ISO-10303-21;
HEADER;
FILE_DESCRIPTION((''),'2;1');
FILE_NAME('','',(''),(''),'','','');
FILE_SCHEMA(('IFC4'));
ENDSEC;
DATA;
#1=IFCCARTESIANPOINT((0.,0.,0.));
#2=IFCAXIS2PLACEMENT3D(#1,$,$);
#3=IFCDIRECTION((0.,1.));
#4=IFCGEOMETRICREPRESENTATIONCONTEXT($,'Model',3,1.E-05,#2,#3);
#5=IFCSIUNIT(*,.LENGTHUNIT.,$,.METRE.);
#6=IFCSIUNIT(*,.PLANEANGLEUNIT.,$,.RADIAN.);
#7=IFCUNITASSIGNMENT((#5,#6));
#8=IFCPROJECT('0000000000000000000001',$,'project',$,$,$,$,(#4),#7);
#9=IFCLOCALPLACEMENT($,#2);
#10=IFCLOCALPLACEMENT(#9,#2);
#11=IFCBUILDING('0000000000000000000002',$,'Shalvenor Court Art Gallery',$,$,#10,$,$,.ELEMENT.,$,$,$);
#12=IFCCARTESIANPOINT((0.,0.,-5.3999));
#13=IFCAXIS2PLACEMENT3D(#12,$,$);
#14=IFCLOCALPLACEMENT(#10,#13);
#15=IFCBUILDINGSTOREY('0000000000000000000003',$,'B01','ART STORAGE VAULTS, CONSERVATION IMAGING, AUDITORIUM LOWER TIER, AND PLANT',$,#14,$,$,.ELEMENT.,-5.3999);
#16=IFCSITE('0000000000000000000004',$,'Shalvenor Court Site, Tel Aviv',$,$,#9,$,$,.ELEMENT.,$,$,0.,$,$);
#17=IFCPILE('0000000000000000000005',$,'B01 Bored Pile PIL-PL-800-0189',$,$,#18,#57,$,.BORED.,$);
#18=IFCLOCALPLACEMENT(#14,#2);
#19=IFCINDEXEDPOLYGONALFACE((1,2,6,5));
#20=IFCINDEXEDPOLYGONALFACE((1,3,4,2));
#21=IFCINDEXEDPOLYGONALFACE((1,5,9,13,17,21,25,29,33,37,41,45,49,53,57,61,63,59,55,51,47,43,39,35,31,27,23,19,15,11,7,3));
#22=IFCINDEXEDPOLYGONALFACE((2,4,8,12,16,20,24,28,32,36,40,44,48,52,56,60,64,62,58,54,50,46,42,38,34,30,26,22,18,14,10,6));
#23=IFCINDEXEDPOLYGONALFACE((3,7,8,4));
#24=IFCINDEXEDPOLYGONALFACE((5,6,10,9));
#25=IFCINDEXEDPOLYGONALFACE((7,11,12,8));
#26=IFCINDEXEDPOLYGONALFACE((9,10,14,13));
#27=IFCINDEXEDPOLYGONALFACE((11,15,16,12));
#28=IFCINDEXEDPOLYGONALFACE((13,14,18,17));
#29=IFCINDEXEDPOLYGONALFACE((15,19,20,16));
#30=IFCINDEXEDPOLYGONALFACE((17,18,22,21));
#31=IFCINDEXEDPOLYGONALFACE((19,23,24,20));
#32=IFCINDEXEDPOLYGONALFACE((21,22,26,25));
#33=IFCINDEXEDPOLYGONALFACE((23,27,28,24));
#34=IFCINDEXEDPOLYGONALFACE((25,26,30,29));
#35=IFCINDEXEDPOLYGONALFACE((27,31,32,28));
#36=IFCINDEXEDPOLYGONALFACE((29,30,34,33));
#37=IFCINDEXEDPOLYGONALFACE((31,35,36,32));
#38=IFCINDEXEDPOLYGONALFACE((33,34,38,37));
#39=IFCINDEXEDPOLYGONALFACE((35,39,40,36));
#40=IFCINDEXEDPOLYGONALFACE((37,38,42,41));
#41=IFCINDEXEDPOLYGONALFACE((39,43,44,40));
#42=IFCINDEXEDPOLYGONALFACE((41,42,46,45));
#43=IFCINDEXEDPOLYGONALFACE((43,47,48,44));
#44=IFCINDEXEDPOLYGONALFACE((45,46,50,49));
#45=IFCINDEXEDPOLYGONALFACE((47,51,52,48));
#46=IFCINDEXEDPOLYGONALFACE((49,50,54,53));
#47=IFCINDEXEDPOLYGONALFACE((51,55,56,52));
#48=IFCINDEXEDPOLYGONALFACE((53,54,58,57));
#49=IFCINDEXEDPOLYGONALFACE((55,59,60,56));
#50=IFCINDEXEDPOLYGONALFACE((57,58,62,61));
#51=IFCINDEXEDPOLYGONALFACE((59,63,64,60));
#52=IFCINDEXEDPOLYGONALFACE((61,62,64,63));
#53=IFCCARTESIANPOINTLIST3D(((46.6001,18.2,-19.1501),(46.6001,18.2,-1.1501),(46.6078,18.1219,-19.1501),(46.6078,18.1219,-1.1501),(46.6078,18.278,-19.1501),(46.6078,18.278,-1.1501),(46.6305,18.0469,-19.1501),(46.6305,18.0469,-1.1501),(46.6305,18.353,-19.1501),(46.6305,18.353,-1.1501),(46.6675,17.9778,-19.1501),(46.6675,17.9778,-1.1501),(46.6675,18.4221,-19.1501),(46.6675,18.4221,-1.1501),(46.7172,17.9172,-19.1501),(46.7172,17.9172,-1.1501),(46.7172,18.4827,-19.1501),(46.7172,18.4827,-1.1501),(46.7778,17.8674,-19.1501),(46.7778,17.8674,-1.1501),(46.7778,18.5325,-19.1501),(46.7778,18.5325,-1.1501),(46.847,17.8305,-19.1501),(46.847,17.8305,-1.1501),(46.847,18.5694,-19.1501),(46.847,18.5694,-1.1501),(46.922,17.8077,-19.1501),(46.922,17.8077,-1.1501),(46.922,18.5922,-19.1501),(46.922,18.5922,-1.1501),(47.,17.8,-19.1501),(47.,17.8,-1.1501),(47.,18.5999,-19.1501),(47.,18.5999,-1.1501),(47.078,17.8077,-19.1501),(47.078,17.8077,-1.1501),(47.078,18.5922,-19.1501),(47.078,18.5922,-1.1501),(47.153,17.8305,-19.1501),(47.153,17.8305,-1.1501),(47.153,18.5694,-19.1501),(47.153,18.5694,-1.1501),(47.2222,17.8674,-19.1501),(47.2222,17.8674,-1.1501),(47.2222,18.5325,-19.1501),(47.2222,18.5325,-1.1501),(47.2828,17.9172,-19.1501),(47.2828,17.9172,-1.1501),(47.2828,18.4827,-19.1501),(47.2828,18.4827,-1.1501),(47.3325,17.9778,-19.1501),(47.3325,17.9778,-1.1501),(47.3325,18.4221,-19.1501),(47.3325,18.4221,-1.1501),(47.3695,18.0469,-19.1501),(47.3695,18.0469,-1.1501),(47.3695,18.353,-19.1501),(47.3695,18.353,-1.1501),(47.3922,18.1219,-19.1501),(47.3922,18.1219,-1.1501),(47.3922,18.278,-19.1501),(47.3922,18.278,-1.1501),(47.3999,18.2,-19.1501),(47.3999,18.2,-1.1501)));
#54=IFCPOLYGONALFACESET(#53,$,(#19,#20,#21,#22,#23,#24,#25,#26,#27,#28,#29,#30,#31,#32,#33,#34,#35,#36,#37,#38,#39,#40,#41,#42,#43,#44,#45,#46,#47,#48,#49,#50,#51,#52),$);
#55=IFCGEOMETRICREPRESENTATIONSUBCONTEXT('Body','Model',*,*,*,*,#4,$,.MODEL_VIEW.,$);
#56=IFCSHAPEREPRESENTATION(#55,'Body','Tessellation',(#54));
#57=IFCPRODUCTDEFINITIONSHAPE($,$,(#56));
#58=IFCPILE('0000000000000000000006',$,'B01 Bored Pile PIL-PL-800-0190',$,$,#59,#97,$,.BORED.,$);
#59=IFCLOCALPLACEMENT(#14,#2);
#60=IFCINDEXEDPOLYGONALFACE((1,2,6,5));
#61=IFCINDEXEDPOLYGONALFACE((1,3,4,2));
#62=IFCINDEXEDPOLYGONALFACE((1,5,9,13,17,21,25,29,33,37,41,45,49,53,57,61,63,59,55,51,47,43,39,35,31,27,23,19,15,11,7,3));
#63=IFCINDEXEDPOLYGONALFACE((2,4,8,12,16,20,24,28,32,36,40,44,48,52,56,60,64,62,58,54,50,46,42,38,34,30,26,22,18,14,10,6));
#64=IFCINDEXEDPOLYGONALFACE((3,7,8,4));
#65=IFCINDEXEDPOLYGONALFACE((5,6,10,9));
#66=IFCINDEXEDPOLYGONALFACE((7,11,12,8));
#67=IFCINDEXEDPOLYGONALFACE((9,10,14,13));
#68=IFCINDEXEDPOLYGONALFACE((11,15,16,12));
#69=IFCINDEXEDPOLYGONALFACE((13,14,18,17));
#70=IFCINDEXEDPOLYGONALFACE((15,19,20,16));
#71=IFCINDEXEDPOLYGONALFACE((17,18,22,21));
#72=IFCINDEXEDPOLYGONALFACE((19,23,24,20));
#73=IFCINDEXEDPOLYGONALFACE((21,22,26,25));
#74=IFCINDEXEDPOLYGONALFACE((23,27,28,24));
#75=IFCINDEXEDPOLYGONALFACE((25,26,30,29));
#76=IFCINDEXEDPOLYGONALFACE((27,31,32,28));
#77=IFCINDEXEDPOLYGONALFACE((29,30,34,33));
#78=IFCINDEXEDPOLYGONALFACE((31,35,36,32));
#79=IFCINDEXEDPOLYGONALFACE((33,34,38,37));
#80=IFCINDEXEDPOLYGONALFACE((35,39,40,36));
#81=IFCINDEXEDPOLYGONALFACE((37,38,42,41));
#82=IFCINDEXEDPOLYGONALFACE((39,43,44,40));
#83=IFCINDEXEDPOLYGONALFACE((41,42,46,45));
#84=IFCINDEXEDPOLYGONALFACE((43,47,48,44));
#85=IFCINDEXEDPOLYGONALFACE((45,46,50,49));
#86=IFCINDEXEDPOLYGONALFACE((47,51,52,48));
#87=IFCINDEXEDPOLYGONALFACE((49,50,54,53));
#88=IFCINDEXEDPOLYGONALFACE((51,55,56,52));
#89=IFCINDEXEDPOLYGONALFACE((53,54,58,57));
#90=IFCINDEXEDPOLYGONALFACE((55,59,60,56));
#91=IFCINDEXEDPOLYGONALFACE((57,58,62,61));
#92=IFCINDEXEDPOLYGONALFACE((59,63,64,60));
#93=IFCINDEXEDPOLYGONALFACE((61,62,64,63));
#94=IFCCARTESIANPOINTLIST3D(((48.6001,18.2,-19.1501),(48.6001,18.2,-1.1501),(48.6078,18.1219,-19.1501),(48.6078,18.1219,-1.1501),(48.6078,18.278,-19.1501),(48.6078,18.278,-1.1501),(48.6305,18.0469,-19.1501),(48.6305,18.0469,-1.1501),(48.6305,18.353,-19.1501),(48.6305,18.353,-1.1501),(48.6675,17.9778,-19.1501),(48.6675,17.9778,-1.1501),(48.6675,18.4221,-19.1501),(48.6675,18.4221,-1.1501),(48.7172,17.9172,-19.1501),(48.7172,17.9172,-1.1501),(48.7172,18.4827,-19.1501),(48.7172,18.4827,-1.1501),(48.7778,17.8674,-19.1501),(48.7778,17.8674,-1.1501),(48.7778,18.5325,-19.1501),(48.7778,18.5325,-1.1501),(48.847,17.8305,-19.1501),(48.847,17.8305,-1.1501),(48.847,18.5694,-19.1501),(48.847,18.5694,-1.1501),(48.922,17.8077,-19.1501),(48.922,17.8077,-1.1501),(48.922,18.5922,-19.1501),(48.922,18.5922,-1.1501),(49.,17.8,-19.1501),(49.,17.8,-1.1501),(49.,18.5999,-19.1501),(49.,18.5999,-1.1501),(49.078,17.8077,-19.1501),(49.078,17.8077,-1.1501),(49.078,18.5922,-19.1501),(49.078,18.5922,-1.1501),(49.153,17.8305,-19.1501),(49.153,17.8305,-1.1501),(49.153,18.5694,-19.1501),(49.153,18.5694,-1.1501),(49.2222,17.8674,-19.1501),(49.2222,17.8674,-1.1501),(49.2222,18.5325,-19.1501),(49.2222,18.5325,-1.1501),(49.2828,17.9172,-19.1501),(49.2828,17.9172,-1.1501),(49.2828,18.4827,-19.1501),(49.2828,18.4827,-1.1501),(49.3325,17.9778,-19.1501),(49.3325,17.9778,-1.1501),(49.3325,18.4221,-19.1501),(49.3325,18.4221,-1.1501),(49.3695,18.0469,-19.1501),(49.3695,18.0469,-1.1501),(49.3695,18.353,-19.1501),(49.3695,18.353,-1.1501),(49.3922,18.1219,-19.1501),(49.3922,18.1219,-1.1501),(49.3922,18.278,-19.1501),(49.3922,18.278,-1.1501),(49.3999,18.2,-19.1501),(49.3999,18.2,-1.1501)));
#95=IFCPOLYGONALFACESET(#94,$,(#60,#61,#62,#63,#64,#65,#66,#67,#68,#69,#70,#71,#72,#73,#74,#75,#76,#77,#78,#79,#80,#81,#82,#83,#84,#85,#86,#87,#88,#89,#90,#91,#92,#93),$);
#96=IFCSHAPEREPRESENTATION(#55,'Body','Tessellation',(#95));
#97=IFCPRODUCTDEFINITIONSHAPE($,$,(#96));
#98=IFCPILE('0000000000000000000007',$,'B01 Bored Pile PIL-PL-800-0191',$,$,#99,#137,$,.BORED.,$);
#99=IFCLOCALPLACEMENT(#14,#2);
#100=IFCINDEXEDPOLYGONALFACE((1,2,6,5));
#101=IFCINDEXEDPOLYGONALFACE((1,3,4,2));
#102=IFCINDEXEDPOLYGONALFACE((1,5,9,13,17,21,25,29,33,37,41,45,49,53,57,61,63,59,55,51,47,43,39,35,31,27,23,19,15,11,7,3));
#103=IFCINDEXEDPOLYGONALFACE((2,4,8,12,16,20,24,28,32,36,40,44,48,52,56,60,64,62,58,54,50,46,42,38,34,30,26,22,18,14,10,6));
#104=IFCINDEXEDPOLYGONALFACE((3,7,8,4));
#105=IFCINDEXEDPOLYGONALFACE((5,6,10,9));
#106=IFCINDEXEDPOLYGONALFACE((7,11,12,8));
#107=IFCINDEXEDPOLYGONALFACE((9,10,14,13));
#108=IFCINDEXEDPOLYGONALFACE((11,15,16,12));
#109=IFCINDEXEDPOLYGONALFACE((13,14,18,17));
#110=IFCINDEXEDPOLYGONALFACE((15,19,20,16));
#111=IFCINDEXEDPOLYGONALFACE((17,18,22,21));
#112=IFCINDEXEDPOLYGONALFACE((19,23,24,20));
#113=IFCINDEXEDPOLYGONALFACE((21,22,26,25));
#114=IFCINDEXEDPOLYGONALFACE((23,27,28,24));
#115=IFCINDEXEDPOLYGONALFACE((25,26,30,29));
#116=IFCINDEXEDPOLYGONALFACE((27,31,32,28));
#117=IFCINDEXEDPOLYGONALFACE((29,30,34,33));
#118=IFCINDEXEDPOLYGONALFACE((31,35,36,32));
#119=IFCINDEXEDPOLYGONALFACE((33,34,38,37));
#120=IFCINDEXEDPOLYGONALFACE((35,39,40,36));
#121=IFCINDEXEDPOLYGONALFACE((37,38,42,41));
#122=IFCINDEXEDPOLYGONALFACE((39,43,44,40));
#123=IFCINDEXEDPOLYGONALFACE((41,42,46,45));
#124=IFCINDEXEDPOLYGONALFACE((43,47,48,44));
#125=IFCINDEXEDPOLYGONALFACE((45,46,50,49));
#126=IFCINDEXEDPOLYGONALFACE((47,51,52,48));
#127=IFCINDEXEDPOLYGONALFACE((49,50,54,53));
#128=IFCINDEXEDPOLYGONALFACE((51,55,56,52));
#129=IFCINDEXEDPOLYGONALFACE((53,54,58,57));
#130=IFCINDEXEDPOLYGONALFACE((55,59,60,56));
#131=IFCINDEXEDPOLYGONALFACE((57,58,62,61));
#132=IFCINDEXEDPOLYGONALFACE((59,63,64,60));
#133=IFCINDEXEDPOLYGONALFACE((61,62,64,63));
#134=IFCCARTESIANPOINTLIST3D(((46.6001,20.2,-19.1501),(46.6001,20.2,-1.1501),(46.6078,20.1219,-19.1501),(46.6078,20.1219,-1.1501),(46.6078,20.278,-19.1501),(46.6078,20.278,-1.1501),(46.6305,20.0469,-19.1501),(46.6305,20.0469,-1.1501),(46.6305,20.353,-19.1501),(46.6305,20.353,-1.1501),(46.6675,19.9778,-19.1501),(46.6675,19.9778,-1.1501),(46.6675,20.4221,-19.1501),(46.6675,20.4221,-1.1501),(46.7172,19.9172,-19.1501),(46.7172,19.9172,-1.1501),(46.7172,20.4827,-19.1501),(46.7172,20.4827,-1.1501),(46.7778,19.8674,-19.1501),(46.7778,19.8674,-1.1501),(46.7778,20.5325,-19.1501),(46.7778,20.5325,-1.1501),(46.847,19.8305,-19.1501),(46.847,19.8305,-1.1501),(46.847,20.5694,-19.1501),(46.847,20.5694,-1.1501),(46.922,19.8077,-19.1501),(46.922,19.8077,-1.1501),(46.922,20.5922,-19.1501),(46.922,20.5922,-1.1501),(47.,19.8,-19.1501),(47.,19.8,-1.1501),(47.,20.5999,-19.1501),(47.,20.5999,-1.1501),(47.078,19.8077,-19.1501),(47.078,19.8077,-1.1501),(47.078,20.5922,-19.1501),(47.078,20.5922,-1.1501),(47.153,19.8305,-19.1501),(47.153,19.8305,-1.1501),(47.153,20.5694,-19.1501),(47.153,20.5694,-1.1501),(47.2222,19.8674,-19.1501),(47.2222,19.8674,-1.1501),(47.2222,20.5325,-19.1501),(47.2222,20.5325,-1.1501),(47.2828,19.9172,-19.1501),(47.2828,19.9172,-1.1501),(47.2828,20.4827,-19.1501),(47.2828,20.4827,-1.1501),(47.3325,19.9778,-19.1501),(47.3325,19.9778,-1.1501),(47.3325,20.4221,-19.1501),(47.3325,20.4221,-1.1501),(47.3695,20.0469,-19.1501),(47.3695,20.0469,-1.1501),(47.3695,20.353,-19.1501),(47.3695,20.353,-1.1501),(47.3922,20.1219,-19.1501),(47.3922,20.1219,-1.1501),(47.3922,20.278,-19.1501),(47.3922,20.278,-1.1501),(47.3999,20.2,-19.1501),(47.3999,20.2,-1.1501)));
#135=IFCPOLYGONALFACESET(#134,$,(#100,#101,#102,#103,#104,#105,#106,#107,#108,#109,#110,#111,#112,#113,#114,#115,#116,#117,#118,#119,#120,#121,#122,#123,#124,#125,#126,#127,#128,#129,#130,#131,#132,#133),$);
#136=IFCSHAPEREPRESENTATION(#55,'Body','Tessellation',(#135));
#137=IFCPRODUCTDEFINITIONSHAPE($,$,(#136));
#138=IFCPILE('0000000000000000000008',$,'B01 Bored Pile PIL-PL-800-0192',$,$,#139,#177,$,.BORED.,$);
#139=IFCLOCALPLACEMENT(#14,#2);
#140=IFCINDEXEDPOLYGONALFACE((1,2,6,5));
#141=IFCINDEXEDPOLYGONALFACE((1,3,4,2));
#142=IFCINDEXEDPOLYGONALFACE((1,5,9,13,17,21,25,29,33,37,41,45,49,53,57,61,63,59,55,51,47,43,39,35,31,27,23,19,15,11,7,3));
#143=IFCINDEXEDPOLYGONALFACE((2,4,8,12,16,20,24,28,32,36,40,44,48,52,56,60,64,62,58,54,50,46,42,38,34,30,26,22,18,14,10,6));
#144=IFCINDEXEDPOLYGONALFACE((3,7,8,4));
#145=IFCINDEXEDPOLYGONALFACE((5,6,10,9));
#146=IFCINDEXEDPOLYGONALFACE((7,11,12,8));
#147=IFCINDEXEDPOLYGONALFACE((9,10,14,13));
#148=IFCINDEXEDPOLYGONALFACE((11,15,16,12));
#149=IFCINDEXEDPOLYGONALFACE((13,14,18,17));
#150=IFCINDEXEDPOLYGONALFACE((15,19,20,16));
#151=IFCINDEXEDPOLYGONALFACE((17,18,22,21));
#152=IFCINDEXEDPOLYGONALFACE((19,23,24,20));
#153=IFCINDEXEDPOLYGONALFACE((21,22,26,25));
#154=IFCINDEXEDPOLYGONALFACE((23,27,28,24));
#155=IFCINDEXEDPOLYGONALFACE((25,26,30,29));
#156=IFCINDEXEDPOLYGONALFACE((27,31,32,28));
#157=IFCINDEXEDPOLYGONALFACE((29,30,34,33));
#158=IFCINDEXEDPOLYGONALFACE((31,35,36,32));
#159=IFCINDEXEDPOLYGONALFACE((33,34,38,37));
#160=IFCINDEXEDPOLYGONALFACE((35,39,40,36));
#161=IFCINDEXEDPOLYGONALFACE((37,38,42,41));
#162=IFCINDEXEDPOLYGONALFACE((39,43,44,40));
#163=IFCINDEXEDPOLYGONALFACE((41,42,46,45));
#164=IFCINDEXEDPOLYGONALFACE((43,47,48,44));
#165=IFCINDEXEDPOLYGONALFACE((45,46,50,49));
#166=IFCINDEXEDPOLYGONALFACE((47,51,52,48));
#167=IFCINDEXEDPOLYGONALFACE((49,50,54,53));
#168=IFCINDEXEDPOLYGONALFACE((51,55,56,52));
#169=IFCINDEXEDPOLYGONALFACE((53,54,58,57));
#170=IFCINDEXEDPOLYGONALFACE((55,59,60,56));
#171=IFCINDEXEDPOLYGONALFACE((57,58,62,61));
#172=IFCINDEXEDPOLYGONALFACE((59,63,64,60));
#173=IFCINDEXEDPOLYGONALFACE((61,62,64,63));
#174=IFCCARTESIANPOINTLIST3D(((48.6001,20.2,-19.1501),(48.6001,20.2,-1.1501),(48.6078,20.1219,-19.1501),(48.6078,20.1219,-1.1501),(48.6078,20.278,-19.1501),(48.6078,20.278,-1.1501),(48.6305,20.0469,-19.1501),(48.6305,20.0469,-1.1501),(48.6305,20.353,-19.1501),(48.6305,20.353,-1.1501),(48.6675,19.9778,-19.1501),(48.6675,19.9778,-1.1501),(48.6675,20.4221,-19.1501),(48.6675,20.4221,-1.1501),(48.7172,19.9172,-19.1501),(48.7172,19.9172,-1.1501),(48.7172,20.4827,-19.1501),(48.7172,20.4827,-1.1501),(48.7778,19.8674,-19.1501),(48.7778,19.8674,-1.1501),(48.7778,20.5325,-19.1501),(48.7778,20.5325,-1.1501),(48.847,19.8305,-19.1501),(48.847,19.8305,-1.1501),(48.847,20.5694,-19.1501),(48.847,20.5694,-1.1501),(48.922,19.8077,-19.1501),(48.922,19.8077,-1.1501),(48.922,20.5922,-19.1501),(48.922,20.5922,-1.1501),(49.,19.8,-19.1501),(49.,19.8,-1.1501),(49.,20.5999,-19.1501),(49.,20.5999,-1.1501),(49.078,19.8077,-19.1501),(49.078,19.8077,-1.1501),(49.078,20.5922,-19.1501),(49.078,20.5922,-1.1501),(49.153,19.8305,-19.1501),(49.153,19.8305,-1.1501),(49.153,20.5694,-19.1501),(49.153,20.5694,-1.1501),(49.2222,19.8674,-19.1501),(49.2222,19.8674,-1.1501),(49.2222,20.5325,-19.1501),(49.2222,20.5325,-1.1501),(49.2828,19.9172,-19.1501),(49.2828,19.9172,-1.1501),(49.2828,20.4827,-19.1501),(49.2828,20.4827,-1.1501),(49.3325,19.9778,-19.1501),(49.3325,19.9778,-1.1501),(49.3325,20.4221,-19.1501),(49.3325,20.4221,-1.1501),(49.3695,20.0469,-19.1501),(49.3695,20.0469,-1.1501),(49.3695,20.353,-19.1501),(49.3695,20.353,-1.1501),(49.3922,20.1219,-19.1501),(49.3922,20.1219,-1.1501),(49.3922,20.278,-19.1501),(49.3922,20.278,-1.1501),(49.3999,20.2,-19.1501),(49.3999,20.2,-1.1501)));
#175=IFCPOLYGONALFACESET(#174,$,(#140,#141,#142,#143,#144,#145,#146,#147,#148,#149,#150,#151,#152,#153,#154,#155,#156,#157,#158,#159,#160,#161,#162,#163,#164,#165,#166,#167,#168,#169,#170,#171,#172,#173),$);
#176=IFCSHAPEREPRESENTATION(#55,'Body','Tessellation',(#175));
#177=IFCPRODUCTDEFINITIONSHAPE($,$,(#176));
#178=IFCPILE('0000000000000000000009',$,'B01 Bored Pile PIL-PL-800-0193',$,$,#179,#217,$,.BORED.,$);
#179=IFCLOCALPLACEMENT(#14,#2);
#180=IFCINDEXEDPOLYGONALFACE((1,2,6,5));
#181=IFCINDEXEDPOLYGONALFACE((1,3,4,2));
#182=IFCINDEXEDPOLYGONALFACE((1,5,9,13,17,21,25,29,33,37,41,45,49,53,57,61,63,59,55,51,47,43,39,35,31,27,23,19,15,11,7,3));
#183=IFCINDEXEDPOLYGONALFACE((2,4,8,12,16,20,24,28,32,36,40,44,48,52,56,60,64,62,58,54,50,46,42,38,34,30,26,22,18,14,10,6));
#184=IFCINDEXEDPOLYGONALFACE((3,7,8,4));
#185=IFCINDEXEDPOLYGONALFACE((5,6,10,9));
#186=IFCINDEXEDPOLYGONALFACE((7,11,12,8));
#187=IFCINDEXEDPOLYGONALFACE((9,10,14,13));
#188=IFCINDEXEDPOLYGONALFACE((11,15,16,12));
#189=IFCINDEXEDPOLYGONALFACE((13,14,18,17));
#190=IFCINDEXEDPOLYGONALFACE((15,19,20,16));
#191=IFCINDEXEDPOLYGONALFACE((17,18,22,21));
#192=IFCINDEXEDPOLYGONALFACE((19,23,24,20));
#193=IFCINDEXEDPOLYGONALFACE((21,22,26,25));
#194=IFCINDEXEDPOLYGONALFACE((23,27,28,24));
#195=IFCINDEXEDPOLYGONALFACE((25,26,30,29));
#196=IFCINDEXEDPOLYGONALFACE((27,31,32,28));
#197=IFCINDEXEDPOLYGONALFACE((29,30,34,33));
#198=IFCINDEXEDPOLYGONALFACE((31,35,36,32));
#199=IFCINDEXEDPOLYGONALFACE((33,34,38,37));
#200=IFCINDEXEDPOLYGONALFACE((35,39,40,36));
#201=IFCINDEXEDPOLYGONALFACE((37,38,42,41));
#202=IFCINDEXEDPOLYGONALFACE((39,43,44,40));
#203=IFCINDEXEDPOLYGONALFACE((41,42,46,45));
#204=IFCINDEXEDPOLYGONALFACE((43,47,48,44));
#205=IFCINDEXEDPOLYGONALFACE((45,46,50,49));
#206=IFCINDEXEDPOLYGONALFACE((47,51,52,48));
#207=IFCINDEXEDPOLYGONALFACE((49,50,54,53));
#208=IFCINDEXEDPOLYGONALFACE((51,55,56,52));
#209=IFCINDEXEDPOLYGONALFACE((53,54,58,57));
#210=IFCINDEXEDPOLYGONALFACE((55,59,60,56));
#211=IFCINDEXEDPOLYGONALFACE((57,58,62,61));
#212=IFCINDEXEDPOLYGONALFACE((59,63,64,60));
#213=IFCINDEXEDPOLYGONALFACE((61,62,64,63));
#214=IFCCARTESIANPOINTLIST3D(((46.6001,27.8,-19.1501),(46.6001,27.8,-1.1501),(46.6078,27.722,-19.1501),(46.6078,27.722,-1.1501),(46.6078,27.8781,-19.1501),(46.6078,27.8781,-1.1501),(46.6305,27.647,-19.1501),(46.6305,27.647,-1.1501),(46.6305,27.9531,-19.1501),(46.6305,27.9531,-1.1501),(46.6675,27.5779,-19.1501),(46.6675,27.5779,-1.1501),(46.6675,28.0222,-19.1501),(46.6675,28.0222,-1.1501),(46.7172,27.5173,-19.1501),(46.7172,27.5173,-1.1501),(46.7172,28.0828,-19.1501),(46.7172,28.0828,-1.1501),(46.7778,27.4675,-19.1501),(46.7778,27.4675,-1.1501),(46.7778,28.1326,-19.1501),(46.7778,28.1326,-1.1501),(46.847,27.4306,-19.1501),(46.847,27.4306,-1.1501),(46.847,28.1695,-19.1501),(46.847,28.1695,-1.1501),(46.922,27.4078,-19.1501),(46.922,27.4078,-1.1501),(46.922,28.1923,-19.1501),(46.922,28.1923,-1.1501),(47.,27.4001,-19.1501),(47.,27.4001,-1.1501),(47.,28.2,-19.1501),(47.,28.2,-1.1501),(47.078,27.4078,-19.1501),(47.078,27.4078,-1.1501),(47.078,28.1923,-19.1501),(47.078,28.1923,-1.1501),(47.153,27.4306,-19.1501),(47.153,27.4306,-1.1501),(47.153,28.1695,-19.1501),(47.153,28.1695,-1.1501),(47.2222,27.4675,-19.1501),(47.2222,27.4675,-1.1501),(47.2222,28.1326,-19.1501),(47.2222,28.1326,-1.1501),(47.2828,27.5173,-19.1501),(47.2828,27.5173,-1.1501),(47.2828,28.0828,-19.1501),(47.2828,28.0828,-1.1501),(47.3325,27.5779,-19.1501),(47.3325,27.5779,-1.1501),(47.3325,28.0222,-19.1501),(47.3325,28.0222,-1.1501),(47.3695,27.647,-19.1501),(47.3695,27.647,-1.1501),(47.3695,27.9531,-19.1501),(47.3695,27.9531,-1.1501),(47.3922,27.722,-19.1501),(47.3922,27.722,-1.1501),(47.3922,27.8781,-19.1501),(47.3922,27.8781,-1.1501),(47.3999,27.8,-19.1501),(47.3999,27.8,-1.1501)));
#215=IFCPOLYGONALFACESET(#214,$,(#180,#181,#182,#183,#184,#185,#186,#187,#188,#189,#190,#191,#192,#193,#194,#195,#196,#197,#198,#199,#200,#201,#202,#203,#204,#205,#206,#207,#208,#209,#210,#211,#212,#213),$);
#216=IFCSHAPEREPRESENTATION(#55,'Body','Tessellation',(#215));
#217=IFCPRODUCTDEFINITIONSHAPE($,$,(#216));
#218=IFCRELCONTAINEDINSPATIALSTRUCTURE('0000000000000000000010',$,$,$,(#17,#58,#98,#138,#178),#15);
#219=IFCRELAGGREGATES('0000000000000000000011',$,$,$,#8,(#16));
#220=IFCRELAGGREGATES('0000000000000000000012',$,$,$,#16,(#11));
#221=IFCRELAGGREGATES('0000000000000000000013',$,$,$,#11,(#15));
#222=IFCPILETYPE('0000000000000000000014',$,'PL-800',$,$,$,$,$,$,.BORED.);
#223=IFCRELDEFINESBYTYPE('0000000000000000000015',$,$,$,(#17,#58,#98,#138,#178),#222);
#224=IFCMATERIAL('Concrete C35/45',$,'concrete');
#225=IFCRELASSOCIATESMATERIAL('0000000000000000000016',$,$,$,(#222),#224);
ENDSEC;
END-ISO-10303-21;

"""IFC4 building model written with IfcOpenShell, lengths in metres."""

from ifc_helpers import new_model, si_unit, direction, frame, origin, origin_2d, place, context, subcontext, project, spatial, circle, extrude, material, material_profile, profile_set, type_object, element, save


model = new_model("IFC4")

# Units and contexts
model_context = context("Model", 3, precision=1e-05, world=origin(), true_north=direction((0.0, 1.0)))
body_context = subcontext(model_context, "Body", "Model", "MODEL_VIEW")
ifc_project = project(units=[si_unit("LENGTHUNIT", "METRE"), si_unit("PLANEANGLEUNIT", "RADIAN")], contexts=[model_context])

# Site, building, storey
site_placement = place(None, origin())
site = spatial("IfcSite", under=ifc_project, at=site_placement, Name="Shalvenor Court Site, Tel Aviv", CompositionType="ELEMENT", RefElevation=0.0)
building_placement = place(site_placement, origin())
building = spatial("IfcBuilding", under=site, at=building_placement, Name="Shalvenor Court Art Gallery", CompositionType="ELEMENT")
storey_placement = place(building_placement, frame((0.0, 0.0, -5.3999)))
storey = spatial("IfcBuildingStorey", under=building, at=storey_placement, Name="B01", Description="ART STORAGE VAULTS, CONSERVATION IMAGING, AUDITORIUM LOWER TIER, AND PLANT", CompositionType="ELEMENT", Elevation=-5.3999)

# Piles
ifc_material_1 = material(Name="Concrete C35/45", Category="concrete")
ifc_material_profile_1 = material_profile(ifc_material_1, circle(Radius=0.3999, at=origin_2d()), Name="PILE 800")
ifc_profile_set_1 = profile_set([ifc_material_profile_1], Name="Concrete C35/45")
pile_type_1 = type_object("IfcPileType", Name="PL-800", PredefinedType="BORED", material=ifc_profile_set_1)
for number, where, z_axis, x_axis, name in (
    (1, (47.0, 18.2, -1.1501), (0.0, 0.0, -1.0), (1.0, 0.0, 0.0), "B01 Bored Pile PIL-PL-800-0189"),
    (2, (49.0, 18.2, -1.1501), (0.0, 0.0, -1.0), (1.0, 0.0, 0.0), "B01 Bored Pile PIL-PL-800-0190"),
    (3, (47.0, 20.2, -1.1501), (0.0, 0.0, -1.0), (1.0, 0.0, 0.0), "B01 Bored Pile PIL-PL-800-0191"),
    (4, (49.0, 20.2, -1.1501), (0.0, 0.0, -1.0), (1.0, 0.0, 0.0), "B01 Bored Pile PIL-PL-800-0192"),
    (5, (47.0, 27.8, -1.1501), (0.0, 0.0, -1.0), (1.0, 0.0, 0.0), "B01 Bored Pile PIL-PL-800-0193"),
):
    element("IfcPile", number, at=place(storey_placement, frame(where, z_axis=z_axis, x_axis=x_axis)), inside=storey, type_object=pile_type_1, Name=name, PredefinedType="BORED", context=body_context, shape_type="SweptSolid", body=[
        extrude(circle(Radius=0.3999, at=origin_2d()), origin(), (0.0, 0.0, 1.0), 18.0),
    ])

save(model, "model.ifc")
